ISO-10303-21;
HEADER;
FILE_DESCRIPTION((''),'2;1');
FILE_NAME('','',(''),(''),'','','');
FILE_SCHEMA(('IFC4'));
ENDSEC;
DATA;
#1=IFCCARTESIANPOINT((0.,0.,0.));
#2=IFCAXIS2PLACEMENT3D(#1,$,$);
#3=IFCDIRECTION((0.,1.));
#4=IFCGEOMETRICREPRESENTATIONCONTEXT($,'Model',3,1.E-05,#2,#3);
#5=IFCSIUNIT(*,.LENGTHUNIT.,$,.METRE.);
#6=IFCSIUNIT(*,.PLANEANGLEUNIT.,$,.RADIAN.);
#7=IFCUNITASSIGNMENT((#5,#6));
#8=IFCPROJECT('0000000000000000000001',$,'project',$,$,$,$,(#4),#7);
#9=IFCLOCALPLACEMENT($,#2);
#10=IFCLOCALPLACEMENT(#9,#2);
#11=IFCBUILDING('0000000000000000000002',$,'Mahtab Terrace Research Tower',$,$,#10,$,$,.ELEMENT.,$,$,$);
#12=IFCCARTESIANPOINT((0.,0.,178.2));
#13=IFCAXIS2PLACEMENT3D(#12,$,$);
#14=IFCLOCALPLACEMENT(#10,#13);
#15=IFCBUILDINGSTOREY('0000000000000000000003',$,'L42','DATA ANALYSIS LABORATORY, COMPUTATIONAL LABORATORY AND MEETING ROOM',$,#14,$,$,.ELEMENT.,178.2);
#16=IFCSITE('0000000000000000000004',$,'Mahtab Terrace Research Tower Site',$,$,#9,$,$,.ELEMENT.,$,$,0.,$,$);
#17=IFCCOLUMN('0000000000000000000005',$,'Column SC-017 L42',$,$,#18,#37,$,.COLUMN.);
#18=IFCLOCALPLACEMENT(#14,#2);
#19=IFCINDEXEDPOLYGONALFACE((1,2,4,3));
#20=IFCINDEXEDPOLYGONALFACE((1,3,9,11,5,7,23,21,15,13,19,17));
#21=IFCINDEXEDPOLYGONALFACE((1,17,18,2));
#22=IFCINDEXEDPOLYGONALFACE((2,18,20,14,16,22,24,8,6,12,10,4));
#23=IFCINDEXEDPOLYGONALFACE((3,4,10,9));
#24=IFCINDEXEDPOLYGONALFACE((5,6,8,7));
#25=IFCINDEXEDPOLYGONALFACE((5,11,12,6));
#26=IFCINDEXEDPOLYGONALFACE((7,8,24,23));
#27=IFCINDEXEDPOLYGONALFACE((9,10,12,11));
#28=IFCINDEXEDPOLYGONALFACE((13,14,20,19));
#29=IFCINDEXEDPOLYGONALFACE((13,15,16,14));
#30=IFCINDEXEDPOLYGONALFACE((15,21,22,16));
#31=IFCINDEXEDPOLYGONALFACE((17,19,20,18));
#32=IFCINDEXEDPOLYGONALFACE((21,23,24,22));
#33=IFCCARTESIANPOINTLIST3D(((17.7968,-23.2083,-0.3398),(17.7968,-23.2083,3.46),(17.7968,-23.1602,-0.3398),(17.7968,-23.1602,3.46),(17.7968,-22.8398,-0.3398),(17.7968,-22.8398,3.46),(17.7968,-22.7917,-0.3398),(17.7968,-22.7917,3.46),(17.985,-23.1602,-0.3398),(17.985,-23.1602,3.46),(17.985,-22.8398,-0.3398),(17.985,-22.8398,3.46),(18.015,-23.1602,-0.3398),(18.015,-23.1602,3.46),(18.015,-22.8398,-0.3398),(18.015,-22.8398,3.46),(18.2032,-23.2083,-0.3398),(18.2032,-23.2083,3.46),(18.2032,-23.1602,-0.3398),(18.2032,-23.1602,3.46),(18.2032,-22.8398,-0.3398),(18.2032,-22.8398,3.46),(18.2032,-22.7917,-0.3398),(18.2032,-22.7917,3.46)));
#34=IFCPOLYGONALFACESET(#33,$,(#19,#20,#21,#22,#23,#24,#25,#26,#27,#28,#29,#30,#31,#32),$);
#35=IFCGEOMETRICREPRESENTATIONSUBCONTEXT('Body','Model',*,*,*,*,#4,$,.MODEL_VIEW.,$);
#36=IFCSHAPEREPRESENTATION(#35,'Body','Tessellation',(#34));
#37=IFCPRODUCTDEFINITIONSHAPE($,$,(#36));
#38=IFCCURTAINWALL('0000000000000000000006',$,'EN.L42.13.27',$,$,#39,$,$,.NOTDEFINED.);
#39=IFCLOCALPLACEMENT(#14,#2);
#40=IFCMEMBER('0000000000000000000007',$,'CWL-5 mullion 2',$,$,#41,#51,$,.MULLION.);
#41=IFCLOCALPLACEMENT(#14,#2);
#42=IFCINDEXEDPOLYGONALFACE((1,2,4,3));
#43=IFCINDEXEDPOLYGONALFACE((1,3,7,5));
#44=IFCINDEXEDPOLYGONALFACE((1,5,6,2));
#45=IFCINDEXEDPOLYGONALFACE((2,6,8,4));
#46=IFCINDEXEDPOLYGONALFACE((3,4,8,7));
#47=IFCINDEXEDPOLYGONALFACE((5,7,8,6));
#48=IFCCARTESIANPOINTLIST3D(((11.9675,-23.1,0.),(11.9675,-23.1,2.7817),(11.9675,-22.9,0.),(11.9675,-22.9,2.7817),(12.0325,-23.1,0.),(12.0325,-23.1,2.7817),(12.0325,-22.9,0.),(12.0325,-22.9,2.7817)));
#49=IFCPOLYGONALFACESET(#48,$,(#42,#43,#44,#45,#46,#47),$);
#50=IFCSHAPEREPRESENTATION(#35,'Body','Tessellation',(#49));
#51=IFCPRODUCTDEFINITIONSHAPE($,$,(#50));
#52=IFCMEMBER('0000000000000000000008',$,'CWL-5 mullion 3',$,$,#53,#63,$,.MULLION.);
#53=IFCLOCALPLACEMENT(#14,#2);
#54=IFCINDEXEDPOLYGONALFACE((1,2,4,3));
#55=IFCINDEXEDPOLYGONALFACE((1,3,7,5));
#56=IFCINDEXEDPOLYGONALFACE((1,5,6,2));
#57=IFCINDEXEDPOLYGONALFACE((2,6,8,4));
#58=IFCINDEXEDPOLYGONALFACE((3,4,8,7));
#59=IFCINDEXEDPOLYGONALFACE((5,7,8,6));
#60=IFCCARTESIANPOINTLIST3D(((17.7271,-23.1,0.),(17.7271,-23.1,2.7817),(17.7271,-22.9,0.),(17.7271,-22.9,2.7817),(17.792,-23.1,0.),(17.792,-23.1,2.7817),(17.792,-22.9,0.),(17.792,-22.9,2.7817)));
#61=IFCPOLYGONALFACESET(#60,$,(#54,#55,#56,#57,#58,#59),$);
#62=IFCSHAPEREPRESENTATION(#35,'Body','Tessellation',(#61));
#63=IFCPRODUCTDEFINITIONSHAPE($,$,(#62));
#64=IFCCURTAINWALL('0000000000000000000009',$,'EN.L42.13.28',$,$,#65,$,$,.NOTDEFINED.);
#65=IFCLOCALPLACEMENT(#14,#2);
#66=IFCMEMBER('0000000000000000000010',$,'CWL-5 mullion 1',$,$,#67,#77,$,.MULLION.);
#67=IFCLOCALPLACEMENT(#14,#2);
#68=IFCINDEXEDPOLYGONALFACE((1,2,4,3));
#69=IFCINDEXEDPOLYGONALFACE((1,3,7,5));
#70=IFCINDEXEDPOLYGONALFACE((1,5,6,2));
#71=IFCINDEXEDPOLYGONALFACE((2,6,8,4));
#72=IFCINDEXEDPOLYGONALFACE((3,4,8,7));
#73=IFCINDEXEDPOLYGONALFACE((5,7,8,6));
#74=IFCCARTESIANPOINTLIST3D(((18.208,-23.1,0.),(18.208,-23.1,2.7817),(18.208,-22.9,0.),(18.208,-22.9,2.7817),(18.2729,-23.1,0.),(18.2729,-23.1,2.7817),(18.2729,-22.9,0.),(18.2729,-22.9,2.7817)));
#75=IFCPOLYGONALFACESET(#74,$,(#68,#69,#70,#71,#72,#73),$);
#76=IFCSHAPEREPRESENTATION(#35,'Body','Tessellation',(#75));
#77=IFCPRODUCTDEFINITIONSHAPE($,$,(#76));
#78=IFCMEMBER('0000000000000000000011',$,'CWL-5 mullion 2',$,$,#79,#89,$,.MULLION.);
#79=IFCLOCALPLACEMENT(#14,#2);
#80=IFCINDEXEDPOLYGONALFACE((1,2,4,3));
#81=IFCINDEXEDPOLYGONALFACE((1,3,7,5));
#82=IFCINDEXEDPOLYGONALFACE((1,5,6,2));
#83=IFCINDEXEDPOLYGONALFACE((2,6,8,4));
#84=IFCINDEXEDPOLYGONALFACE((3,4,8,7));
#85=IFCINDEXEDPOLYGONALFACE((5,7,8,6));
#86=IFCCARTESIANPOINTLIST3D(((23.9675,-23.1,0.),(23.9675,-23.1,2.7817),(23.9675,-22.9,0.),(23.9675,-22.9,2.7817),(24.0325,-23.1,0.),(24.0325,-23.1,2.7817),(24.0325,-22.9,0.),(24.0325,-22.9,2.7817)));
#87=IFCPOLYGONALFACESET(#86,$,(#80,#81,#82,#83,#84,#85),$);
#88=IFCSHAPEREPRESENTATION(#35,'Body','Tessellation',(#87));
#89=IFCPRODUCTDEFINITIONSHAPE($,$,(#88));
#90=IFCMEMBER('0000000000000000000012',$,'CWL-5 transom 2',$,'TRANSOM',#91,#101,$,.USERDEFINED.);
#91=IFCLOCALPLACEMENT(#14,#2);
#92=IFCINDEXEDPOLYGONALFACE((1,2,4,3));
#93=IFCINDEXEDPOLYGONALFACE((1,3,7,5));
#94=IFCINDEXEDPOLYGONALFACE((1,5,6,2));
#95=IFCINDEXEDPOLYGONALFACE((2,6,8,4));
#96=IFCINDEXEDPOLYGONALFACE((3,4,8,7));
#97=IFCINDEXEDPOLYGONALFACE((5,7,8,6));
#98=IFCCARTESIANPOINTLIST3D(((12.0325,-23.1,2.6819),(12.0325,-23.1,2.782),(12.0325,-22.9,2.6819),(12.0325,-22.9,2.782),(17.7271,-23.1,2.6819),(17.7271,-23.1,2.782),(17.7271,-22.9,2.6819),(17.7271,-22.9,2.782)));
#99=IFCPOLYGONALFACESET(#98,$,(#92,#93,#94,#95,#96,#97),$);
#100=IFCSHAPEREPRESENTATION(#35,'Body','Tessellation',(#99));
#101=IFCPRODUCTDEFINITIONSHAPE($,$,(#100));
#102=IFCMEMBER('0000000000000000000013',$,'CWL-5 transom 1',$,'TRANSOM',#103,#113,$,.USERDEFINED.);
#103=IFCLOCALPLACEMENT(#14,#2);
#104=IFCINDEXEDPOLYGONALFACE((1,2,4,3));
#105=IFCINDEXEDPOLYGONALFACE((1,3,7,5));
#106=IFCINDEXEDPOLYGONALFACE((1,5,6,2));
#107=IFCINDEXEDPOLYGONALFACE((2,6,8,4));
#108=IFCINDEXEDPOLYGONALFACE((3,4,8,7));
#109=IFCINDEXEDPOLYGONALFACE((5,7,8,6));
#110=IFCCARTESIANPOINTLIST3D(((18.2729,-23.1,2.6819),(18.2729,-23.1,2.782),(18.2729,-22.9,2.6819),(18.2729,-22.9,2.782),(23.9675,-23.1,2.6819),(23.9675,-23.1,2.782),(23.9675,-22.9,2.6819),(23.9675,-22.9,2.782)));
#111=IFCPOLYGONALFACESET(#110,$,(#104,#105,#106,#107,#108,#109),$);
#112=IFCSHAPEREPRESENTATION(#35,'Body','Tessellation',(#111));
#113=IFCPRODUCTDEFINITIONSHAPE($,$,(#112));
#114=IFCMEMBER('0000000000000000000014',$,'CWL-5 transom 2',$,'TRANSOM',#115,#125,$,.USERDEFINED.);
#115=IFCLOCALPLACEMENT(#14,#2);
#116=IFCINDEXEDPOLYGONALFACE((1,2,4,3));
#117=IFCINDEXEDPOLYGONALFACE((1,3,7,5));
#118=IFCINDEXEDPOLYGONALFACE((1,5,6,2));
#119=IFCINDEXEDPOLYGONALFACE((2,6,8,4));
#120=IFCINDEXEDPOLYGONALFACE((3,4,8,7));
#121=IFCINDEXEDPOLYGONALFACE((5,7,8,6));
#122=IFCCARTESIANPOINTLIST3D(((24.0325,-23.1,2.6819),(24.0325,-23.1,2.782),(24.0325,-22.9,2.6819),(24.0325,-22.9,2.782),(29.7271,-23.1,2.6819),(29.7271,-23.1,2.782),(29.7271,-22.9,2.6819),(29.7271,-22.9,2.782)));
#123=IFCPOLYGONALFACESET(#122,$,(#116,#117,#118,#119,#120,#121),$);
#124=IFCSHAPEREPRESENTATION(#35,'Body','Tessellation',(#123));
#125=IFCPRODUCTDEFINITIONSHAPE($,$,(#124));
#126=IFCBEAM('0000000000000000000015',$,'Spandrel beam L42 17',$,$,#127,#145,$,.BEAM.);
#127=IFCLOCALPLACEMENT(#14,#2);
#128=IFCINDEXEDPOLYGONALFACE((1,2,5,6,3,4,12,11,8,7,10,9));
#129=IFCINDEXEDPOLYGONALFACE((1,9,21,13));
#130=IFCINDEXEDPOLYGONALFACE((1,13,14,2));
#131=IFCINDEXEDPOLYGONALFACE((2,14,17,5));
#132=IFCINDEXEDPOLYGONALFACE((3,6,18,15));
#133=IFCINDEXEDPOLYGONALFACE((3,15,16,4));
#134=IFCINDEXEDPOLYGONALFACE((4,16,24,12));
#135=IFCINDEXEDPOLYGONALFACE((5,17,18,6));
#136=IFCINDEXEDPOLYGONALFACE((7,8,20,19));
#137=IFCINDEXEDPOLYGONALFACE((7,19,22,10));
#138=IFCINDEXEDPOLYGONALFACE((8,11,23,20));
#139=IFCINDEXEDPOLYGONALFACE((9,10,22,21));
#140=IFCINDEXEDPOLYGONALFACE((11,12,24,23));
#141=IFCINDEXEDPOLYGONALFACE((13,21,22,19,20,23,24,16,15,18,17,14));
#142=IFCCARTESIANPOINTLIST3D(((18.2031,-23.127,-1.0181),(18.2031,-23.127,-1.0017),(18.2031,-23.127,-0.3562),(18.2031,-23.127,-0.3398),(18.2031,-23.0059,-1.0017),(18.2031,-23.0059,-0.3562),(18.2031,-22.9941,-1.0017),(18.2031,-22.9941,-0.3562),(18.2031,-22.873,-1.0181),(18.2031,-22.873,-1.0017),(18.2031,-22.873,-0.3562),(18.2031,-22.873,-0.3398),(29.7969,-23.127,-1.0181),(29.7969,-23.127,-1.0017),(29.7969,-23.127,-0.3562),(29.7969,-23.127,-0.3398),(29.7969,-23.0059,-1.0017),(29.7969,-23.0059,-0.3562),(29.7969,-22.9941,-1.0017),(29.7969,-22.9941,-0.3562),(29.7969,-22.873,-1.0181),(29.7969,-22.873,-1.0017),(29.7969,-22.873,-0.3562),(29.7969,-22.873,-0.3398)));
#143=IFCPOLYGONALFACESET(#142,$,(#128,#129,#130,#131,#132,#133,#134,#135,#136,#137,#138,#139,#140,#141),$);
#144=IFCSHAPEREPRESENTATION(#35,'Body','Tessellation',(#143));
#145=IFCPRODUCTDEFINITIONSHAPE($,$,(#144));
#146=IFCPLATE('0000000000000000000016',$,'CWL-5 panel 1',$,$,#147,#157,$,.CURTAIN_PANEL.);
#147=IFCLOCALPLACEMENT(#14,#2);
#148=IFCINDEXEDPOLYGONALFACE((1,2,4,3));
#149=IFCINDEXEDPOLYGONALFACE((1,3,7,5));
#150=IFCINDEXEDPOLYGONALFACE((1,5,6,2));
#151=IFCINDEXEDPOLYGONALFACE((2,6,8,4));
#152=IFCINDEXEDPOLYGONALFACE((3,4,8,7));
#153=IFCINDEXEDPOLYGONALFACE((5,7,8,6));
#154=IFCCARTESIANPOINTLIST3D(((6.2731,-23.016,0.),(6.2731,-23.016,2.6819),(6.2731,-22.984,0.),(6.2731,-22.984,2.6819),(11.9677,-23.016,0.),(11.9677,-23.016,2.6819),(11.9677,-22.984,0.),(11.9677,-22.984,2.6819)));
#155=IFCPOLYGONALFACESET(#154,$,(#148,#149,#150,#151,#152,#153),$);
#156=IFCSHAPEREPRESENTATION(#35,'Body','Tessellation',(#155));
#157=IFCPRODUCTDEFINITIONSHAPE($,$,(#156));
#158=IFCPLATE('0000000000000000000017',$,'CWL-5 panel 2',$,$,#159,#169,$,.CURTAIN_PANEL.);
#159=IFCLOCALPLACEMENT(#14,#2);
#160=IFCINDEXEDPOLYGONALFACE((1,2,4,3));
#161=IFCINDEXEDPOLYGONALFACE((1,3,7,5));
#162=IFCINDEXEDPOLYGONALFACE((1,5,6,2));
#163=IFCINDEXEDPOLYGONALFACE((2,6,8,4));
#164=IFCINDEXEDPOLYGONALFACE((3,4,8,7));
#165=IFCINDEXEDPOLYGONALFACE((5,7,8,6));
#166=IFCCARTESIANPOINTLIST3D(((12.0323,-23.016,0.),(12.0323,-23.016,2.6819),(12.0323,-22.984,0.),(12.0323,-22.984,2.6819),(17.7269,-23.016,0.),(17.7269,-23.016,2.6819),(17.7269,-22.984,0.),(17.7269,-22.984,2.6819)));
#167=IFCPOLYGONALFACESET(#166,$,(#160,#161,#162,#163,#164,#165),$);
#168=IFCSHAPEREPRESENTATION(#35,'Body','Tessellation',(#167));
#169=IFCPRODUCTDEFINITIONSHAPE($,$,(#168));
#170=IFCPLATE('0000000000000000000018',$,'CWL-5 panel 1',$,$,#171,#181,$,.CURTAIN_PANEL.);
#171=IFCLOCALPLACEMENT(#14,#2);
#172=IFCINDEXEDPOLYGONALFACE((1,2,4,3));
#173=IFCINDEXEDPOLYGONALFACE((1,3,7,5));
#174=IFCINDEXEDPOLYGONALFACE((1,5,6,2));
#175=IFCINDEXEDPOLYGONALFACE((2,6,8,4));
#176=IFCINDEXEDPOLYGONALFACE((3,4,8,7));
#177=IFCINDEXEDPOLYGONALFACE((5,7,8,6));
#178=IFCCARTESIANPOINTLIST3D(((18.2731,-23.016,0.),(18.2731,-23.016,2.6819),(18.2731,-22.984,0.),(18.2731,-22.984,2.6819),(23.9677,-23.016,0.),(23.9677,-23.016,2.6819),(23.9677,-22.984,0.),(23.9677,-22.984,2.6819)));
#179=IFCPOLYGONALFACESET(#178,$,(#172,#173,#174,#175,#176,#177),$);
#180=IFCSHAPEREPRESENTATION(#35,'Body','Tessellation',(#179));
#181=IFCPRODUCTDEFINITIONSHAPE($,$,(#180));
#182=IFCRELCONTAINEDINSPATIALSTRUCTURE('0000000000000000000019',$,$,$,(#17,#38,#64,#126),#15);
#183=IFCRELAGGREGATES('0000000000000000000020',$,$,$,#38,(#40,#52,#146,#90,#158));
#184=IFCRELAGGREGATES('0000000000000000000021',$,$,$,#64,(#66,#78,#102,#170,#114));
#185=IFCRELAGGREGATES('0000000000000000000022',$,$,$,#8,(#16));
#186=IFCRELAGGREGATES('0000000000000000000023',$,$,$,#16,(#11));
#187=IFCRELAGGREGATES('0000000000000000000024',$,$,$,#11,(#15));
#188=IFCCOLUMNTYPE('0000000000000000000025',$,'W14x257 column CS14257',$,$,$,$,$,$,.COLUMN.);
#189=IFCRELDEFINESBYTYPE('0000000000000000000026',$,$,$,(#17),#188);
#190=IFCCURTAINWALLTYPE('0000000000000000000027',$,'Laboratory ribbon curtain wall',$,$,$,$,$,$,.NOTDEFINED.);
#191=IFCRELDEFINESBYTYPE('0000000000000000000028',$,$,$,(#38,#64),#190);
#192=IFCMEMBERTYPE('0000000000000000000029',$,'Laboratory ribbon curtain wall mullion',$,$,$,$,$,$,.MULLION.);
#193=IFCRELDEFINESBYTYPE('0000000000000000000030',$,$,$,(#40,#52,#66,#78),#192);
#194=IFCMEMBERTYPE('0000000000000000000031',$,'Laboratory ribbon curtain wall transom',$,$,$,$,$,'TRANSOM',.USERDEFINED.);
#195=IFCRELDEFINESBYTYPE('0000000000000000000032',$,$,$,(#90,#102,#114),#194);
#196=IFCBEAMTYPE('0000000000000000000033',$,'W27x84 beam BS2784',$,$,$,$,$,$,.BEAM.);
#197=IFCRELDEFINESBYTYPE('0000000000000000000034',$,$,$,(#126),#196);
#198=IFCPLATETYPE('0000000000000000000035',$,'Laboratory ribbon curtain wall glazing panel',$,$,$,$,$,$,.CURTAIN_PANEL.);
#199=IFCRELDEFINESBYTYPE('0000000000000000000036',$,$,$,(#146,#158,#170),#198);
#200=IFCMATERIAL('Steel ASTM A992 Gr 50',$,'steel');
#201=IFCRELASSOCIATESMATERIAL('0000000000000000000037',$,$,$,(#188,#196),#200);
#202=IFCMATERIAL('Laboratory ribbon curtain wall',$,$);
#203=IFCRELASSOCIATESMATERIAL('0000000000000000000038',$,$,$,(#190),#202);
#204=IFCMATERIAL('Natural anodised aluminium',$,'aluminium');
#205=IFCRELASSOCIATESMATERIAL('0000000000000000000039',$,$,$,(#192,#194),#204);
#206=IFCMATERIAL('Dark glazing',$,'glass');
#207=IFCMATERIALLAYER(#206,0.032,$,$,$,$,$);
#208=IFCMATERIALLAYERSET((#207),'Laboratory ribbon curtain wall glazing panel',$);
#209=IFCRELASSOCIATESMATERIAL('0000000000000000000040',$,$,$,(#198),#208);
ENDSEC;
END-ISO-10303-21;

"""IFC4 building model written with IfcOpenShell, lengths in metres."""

from ifc_helpers import new_model, si_unit, direction, frame, origin, origin_2d, place, context, subcontext, project, spatial, rectangle, i_section, extrude, material, layer, layer_set, material_profile, profile_set, type_object, element, aggregate, save


model = new_model("IFC4")

# Units and contexts
model_context = context("Model", 3, precision=1e-05, world=origin(), true_north=direction((0.0, 1.0)))
body_context = subcontext(model_context, "Body", "Model", "MODEL_VIEW")
ifc_project = project(units=[si_unit("LENGTHUNIT", "METRE"), si_unit("PLANEANGLEUNIT", "RADIAN")], contexts=[model_context])

# Site, building, storey
site_placement = place(None, origin())
site = spatial("IfcSite", under=ifc_project, at=site_placement, Name="Mahtab Terrace Research Tower Site", CompositionType="ELEMENT", RefElevation=0.0)
building_placement = place(site_placement, origin())
building = spatial("IfcBuilding", under=site, at=building_placement, Name="Mahtab Terrace Research Tower", CompositionType="ELEMENT")
storey_placement = place(building_placement, frame((0.0, 0.0, 178.2)))
storey = spatial("IfcBuildingStorey", under=building, at=storey_placement, Name="L42", Description="DATA ANALYSIS LABORATORY, COMPUTATIONAL LABORATORY AND MEETING ROOM", CompositionType="ELEMENT", Elevation=178.2)

# Column
ifc_material_1 = material(Name="Steel ASTM A992 Gr 50", Category="steel")
ifc_material_profile_1 = material_profile(ifc_material_1, i_section(OverallWidth=0.4065, OverallDepth=0.4165, WebThickness=0.03, FlangeThickness=0.0481, at=origin_2d()), Name="W14X257")
ifc_profile_set_1 = profile_set([ifc_material_profile_1], Name="Steel ASTM A992 Gr 50")
column_type = type_object("IfcColumnType", Name="W14x257 column CS14257", PredefinedType="COLUMN", material=ifc_profile_set_1)
column_placement = place(storey_placement, frame((18.0, -23.0, -0.3398), z_axis=(0.0, 0.0, 1.0), x_axis=(1.0, 0.0, 0.0)))
element("IfcColumn", 1, at=column_placement, inside=storey, type_object=column_type, Name="Column SC-017 L42", PredefinedType="COLUMN", context=body_context, shape_type="SweptSolid", body=[
    extrude(i_section(OverallWidth=0.4065, OverallDepth=0.4165, WebThickness=0.03, FlangeThickness=0.0481, at=origin_2d()), origin(), (0.0, 0.0, 1.0), 3.7998),
])

# Curtain walls, members
ifc_material_2 = material(Name="Laboratory ribbon curtain wall")
curtain_wall_type = type_object("IfcCurtainWallType", Name="Laboratory ribbon curtain wall", PredefinedType="NOTDEFINED", material=ifc_material_2)
curtain_wall_1_placement = place(storey_placement, origin())
curtain_wall_1 = element("IfcCurtainWall", 2, at=curtain_wall_1_placement, inside=storey, type_object=curtain_wall_type, Name="EN.L42.13.27", PredefinedType="NOTDEFINED")
ifc_material_3 = material(Name="Natural anodised aluminium", Category="aluminium")
ifc_material_profile_2 = material_profile(ifc_material_3, rectangle(XDim=0.2, YDim=0.0649, at=origin_2d()), Name="MULLION 65x200")
ifc_profile_set_2 = profile_set([ifc_material_profile_2], Name="Natural anodised aluminium")
member_type_1 = type_object("IfcMemberType", Name="Laboratory ribbon curtain wall mullion", PredefinedType="MULLION", material=ifc_profile_set_2)
member_1_placement = place(storey_placement, frame((12.0, -23.0, 0.0), z_axis=(0.0, 0.0, 1.0), x_axis=(0.0, 1.0, 0.0)))
member_1 = element("IfcMember", 3, at=member_1_placement, type_object=member_type_1, Name="CWL-5 mullion 2", PredefinedType="MULLION", context=body_context, shape_type="SweptSolid", body=[
    extrude(rectangle(XDim=0.2, YDim=0.0649, at=origin_2d()), origin(), (0.0, 0.0, 1.0), 2.7817),
])
member_2_placement = place(storey_placement, frame((17.7595, -23.0, 0.0), z_axis=(0.0, 0.0, 1.0), x_axis=(0.0, 1.0, 0.0)))
member_2 = element("IfcMember", 4, at=member_2_placement, type_object=member_type_1, Name="CWL-5 mullion 3", PredefinedType="MULLION", context=body_context, shape_type="SweptSolid", body=[
    extrude(rectangle(XDim=0.2, YDim=0.0649, at=origin_2d()), origin(), (0.0, 0.0, 1.0), 2.7817),
])
curtain_wall_2_placement = place(storey_placement, origin())
curtain_wall_2 = element("IfcCurtainWall", 5, at=curtain_wall_2_placement, inside=storey, type_object=curtain_wall_type, Name="EN.L42.13.28", PredefinedType="NOTDEFINED")
member_3_placement = place(storey_placement, frame((18.2405, -23.0, 0.0), z_axis=(0.0, 0.0, 1.0), x_axis=(0.0, 1.0, 0.0)))
member_3 = element("IfcMember", 6, at=member_3_placement, type_object=member_type_1, Name="CWL-5 mullion 1", PredefinedType="MULLION", context=body_context, shape_type="SweptSolid", body=[
    extrude(rectangle(XDim=0.2, YDim=0.0649, at=origin_2d()), origin(), (0.0, 0.0, 1.0), 2.7817),
])
member_4_placement = place(storey_placement, frame((24.0, -23.0, 0.0), z_axis=(0.0, 0.0, 1.0), x_axis=(0.0, 1.0, 0.0)))
member_4 = element("IfcMember", 7, at=member_4_placement, type_object=member_type_1, Name="CWL-5 mullion 2", PredefinedType="MULLION", context=body_context, shape_type="SweptSolid", body=[
    extrude(rectangle(XDim=0.2, YDim=0.0649, at=origin_2d()), origin(), (0.0, 0.0, 1.0), 2.7817),
])

# Members
ifc_material_profile_3 = material_profile(ifc_material_3, rectangle(XDim=0.2, YDim=0.1001, at=origin_2d()), Name="TRANSOM 100x200")
ifc_profile_set_3 = profile_set([ifc_material_profile_3], Name="Natural anodised aluminium")
member_type_2 = type_object("IfcMemberType", Name="Laboratory ribbon curtain wall transom", ElementType="TRANSOM", PredefinedType="USERDEFINED", material=ifc_profile_set_3)
member_5_placement = place(storey_placement, frame((12.0325, -23.0, 2.7319), z_axis=(1.0, 0.0, 0.0), x_axis=(0.0, 1.0, 0.0)))
member_5 = element("IfcMember", 8, at=member_5_placement, type_object=member_type_2, Name="CWL-5 transom 2", ObjectType="TRANSOM", PredefinedType="USERDEFINED", context=body_context, shape_type="SweptSolid", body=[
    extrude(rectangle(XDim=0.2, YDim=0.1001, at=origin_2d()), origin(), (0.0, 0.0, 1.0), 5.6946),
])
member_6_placement = place(storey_placement, frame((18.2729, -23.0, 2.7319), z_axis=(1.0, 0.0, 0.0), x_axis=(0.0, 1.0, 0.0)))
member_6 = element("IfcMember", 9, at=member_6_placement, type_object=member_type_2, Name="CWL-5 transom 1", ObjectType="TRANSOM", PredefinedType="USERDEFINED", context=body_context, shape_type="SweptSolid", body=[
    extrude(rectangle(XDim=0.2, YDim=0.1001, at=origin_2d()), origin(), (0.0, 0.0, 1.0), 5.6946),
])
member_7_placement = place(storey_placement, frame((24.0325, -23.0, 2.7319), z_axis=(1.0, 0.0, 0.0), x_axis=(0.0, 1.0, 0.0)))
member_7 = element("IfcMember", 10, at=member_7_placement, type_object=member_type_2, Name="CWL-5 transom 2", ObjectType="TRANSOM", PredefinedType="USERDEFINED", context=body_context, shape_type="SweptSolid", body=[
    extrude(rectangle(XDim=0.2, YDim=0.1001, at=origin_2d()), origin(), (0.0, 0.0, 1.0), 5.6946),
])

# Beam
ifc_material_profile_4 = material_profile(ifc_material_1, i_section(OverallWidth=0.2539, OverallDepth=0.6782, WebThickness=0.0117, FlangeThickness=0.0164, at=origin_2d()), Name="W27X84")
ifc_profile_set_4 = profile_set([ifc_material_profile_4], Name="Steel ASTM A992 Gr 50")
beam_type = type_object("IfcBeamType", Name="W27x84 beam BS2784", PredefinedType="BEAM", material=ifc_profile_set_4)
beam_placement = place(storey_placement, frame((18.2031, -23.0, -0.679), z_axis=(1.0, 0.0, 0.0), x_axis=(0.0, 1.0, 0.0)))
element("IfcBeam", 11, at=beam_placement, inside=storey, type_object=beam_type, Name="Spandrel beam L42 17", PredefinedType="BEAM", context=body_context, shape_type="SweptSolid", body=[
    extrude(i_section(OverallWidth=0.2539, OverallDepth=0.6782, WebThickness=0.0117, FlangeThickness=0.0164, at=origin_2d()), origin(), (0.0, 0.0, 1.0), 11.5938),
])

# Plates
ifc_material_4 = material(Name="Dark glazing", Category="glass")
ifc_layer = layer(ifc_material_4, 0.032)
ifc_layer_set = layer_set([ifc_layer], Name="Laboratory ribbon curtain wall glazing panel")
plate_type = type_object("IfcPlateType", Name="Laboratory ribbon curtain wall glazing panel", PredefinedType="CURTAIN_PANEL", material=ifc_layer_set)
plate_1_placement = place(storey_placement, frame((9.1204, -23.0, 0.0), z_axis=(0.0, 0.0, 1.0), x_axis=(1.0, 0.0, 0.0)))
plate_1 = element("IfcPlate", 12, at=plate_1_placement, type_object=plate_type, Name="CWL-5 panel 1", PredefinedType="CURTAIN_PANEL", context=body_context, shape_type="SweptSolid", body=[
    extrude(rectangle(XDim=5.6946, YDim=0.032, at=origin_2d()), origin(), (0.0, 0.0, 1.0), 2.6819),
])
plate_2_placement = place(storey_placement, frame((14.8796, -23.0, 0.0), z_axis=(0.0, 0.0, 1.0), x_axis=(1.0, 0.0, 0.0)))
plate_2 = element("IfcPlate", 13, at=plate_2_placement, type_object=plate_type, Name="CWL-5 panel 2", PredefinedType="CURTAIN_PANEL", context=body_context, shape_type="SweptSolid", body=[
    extrude(rectangle(XDim=5.6946, YDim=0.032, at=origin_2d()), origin(), (0.0, 0.0, 1.0), 2.6819),
])
aggregate(curtain_wall_1, [member_1, member_2, plate_1, member_5, plate_2])
plate_3_placement = place(storey_placement, frame((21.1204, -23.0, 0.0), z_axis=(0.0, 0.0, 1.0), x_axis=(1.0, 0.0, 0.0)))
plate_3 = element("IfcPlate", 14, at=plate_3_placement, type_object=plate_type, Name="CWL-5 panel 1", PredefinedType="CURTAIN_PANEL", context=body_context, shape_type="SweptSolid", body=[
    extrude(rectangle(XDim=5.6946, YDim=0.032, at=origin_2d()), origin(), (0.0, 0.0, 1.0), 2.6819),
])
aggregate(curtain_wall_2, [member_3, member_4, member_6, plate_3, member_7])

save(model, "model.ifc")
